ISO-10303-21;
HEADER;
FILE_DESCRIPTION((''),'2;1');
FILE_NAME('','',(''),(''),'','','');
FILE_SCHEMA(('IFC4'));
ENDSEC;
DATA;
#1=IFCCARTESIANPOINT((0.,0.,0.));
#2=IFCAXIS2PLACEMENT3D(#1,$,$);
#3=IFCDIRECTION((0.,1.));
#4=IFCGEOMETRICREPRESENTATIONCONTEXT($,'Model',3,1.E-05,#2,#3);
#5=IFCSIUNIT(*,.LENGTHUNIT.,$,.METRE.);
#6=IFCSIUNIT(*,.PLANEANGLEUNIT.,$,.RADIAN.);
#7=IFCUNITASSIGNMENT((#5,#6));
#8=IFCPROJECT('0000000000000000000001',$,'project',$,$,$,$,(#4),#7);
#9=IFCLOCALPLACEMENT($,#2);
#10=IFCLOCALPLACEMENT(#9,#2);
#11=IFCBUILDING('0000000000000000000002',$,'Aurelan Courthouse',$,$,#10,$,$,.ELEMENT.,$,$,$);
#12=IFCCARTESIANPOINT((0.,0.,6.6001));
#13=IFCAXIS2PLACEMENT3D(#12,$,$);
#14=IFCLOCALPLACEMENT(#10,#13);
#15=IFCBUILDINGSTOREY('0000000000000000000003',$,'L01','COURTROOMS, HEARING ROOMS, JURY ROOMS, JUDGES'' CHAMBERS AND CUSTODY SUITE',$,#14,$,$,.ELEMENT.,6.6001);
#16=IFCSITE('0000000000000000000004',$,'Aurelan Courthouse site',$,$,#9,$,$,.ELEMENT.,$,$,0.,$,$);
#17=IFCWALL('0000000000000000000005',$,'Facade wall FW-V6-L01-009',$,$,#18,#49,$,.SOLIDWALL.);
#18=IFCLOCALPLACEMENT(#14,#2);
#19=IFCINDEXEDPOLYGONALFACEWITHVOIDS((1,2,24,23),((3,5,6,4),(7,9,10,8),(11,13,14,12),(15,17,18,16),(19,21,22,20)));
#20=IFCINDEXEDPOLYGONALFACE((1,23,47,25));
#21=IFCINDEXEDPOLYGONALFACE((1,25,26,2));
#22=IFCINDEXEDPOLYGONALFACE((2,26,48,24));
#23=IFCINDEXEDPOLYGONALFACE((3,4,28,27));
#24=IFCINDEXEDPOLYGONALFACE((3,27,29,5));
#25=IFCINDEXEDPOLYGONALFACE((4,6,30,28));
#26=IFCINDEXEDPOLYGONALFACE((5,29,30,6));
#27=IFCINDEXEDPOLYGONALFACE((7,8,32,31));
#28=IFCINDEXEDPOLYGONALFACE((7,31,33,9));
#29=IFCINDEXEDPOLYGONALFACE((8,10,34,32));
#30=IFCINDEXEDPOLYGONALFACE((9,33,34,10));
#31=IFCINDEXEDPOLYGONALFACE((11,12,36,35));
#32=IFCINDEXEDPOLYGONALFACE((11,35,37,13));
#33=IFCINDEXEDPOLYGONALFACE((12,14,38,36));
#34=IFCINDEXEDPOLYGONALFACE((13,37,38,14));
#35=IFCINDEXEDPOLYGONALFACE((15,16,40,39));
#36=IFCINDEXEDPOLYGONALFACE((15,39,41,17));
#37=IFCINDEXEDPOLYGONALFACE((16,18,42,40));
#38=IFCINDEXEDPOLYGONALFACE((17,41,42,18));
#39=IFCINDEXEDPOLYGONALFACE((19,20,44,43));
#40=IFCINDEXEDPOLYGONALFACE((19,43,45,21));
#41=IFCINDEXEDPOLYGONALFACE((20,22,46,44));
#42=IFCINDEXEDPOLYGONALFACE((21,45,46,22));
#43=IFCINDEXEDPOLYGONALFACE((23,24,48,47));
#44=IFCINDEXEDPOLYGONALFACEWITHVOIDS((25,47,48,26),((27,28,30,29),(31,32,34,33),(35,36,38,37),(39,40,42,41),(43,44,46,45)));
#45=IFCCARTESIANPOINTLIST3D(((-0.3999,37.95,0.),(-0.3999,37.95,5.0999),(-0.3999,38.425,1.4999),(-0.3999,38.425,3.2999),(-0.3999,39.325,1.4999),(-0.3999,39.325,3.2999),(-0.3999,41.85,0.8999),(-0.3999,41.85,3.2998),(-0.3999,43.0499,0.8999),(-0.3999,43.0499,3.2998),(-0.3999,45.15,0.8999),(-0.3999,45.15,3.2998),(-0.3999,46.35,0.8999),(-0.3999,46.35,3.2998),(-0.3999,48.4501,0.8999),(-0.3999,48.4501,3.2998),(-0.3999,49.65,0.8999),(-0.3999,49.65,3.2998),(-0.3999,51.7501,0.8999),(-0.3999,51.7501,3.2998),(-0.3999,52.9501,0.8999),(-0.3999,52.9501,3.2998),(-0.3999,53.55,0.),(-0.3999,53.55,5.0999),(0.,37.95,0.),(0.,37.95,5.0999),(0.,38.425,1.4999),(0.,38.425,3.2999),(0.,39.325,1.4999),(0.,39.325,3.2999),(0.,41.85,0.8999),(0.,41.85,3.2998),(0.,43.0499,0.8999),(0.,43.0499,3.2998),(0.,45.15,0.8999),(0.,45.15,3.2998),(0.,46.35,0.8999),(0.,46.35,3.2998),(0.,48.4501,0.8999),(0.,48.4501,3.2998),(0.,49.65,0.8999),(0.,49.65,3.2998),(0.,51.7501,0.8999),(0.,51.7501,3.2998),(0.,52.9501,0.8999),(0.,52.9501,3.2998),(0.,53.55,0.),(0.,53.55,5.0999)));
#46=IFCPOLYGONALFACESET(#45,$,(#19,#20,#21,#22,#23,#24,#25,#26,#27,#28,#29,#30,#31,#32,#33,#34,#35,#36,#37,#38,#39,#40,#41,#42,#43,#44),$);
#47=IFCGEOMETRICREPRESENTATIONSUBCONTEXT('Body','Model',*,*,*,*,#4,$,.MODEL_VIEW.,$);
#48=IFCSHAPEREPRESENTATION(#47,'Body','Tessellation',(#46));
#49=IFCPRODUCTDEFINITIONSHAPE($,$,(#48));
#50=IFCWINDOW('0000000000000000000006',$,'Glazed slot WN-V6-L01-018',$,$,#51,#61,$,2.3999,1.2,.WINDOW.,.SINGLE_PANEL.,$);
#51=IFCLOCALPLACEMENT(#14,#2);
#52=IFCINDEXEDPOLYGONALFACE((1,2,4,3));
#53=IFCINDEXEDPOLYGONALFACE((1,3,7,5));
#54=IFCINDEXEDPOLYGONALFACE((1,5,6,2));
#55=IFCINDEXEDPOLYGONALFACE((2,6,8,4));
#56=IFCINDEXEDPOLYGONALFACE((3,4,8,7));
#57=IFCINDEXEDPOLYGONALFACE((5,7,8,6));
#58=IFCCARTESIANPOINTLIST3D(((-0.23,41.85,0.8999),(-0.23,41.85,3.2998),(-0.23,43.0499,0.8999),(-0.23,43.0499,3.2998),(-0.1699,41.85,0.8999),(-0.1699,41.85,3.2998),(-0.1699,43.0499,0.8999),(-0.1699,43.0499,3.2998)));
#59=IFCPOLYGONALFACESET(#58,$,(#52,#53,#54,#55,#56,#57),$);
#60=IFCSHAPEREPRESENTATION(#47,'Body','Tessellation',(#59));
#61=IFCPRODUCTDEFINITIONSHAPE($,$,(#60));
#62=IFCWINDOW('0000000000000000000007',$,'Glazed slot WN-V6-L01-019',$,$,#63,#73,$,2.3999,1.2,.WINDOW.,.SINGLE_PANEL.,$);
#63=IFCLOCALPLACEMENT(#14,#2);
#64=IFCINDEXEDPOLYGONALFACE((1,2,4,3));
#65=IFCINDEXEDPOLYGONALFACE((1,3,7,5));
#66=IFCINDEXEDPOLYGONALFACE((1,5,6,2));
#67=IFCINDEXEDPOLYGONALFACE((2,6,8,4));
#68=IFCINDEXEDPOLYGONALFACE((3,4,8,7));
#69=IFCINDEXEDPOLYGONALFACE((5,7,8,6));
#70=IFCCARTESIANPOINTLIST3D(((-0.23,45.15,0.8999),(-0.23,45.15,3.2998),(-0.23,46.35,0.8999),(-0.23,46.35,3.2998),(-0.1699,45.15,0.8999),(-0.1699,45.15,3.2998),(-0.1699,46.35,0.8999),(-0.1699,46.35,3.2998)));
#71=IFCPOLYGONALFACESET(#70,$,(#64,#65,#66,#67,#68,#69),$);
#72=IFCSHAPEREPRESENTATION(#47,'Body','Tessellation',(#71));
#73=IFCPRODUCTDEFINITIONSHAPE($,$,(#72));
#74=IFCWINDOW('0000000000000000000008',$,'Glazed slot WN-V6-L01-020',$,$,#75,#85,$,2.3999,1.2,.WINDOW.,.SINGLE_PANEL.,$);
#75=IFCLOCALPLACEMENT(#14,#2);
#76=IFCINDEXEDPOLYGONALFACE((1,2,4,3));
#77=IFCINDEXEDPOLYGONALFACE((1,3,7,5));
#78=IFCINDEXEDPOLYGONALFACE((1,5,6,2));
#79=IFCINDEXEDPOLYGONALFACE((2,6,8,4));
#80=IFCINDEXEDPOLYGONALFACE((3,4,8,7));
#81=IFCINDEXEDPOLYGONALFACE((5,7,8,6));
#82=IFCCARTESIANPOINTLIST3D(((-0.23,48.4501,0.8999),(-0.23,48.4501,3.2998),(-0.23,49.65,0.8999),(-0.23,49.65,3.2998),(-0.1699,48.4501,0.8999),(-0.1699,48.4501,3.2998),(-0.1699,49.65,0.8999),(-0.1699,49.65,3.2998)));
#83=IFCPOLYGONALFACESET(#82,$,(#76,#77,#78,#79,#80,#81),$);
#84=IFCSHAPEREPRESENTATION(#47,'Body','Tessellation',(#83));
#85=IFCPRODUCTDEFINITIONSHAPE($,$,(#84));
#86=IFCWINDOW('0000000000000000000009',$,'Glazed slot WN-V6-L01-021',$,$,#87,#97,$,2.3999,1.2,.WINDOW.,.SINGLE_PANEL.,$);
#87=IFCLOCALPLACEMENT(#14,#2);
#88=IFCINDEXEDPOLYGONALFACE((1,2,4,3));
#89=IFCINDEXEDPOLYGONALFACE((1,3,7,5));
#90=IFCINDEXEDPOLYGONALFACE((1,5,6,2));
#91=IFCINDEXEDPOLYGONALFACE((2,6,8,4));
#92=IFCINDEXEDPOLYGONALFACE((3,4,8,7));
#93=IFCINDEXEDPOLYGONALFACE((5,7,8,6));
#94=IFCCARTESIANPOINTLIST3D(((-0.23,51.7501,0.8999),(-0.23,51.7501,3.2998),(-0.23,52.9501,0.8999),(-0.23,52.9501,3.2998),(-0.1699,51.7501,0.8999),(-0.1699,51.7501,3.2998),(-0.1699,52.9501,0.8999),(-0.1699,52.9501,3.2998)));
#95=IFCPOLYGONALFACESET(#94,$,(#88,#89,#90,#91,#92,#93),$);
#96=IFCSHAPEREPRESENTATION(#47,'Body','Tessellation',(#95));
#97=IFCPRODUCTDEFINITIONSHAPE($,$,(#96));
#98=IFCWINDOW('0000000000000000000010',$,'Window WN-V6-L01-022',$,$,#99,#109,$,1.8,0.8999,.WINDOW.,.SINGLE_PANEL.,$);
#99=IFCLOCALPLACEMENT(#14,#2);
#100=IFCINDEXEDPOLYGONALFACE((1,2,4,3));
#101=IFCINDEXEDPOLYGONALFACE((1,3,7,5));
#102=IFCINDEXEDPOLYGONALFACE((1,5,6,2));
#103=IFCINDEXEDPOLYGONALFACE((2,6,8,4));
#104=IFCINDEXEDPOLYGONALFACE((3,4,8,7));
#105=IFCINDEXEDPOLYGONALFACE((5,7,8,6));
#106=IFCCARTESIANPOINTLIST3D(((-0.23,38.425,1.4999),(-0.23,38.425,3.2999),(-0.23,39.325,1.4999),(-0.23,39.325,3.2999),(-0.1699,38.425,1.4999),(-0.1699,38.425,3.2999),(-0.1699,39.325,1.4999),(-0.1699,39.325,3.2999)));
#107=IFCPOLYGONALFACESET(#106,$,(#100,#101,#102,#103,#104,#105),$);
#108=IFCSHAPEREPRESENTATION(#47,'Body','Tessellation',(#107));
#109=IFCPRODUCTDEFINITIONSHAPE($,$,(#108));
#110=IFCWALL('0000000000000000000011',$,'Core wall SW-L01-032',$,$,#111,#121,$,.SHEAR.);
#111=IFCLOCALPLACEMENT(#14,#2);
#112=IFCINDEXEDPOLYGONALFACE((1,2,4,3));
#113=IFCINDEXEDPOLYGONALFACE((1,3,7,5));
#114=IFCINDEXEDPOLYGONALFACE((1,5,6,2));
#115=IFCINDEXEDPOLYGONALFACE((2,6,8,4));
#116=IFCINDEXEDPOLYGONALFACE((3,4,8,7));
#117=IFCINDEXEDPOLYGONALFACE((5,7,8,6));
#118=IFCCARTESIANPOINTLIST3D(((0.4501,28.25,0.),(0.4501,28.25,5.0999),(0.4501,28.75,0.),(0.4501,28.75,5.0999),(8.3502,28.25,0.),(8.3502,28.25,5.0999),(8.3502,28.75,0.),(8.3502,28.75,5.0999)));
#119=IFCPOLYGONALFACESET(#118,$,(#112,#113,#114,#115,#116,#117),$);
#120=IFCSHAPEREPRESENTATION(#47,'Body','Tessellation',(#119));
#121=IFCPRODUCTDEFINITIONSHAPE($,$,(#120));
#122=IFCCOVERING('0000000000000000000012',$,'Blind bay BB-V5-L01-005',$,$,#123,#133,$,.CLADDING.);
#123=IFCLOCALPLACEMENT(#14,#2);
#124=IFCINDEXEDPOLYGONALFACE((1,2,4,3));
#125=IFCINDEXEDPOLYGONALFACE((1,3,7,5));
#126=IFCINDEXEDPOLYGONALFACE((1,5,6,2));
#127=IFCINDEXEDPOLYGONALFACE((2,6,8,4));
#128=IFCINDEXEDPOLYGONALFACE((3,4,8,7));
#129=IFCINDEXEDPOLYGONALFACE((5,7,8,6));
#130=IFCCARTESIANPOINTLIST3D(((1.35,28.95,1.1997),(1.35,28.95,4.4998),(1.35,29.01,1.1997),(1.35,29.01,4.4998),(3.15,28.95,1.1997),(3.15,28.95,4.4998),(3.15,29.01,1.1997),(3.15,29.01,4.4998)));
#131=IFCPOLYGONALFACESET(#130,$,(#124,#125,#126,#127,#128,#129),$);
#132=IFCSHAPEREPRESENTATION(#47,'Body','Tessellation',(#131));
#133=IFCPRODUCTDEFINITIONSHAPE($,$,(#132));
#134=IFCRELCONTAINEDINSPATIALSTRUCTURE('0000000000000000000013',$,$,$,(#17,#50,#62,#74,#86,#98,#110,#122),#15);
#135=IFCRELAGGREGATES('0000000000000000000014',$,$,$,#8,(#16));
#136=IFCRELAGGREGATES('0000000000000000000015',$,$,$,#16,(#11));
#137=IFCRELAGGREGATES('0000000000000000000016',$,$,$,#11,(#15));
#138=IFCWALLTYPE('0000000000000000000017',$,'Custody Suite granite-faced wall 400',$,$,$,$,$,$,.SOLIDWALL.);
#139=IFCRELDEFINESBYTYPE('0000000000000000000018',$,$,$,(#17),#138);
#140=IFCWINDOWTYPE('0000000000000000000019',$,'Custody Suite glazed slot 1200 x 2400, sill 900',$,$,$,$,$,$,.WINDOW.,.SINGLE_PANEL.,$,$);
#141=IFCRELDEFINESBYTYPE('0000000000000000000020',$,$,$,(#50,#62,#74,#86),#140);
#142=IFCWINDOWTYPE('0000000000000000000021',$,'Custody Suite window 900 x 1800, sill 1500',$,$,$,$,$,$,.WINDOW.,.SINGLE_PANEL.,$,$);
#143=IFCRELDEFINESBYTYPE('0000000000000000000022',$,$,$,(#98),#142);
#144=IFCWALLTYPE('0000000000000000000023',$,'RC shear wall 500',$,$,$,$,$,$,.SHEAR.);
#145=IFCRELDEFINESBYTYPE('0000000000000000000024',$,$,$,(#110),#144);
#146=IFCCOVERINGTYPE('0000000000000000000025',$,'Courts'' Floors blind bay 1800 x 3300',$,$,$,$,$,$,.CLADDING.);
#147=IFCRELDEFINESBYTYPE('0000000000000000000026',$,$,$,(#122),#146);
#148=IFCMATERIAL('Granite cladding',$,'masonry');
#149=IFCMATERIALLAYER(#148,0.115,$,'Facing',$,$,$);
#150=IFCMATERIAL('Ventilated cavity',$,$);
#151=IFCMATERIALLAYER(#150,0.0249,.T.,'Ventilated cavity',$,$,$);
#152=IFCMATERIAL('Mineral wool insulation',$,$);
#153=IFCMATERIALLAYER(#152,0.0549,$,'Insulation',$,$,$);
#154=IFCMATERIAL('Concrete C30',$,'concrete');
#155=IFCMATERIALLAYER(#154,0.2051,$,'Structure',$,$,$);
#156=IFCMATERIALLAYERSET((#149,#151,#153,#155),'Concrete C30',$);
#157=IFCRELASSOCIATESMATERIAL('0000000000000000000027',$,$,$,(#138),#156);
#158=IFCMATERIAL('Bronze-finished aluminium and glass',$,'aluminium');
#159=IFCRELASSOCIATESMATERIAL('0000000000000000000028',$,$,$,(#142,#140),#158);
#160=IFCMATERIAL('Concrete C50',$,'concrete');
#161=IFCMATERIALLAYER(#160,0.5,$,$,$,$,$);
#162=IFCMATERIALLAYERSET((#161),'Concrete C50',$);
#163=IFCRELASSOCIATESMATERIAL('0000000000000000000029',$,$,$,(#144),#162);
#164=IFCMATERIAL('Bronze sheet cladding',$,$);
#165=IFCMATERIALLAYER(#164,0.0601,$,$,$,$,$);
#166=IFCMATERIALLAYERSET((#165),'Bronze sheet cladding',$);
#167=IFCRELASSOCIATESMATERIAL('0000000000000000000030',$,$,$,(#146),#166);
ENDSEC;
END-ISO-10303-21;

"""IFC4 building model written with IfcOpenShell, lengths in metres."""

from ifc_helpers import new_model, si_unit, direction, frame, frame_2d, origin, origin_2d, place, context, subcontext, project, spatial, rectangle, extrude, material, layer, layer_set, type_object, element, fill, save


model = new_model("IFC4")

# Units and contexts
model_context = context("Model", 3, precision=1e-05, world=origin(), true_north=direction((0.0, 1.0)))
body_context = subcontext(model_context, "Body", "Model", "MODEL_VIEW")
ifc_project = project(units=[si_unit("LENGTHUNIT", "METRE"), si_unit("PLANEANGLEUNIT", "RADIAN")], contexts=[model_context])

# Site, building, storey
site_placement = place(None, origin())
site = spatial("IfcSite", under=ifc_project, at=site_placement, Name="Aurelan Courthouse site", CompositionType="ELEMENT", RefElevation=0.0)
building_placement = place(site_placement, origin())
building = spatial("IfcBuilding", under=site, at=building_placement, Name="Aurelan Courthouse", CompositionType="ELEMENT")
storey_placement = place(building_placement, frame((0.0, 0.0, 6.6001)))
storey = spatial("IfcBuildingStorey", under=building, at=storey_placement, Name="L01", Description="COURTROOMS, HEARING ROOMS, JURY ROOMS, JUDGES' CHAMBERS AND CUSTODY SUITE", CompositionType="ELEMENT", Elevation=6.6001)

# Shared definitions
ifc_material_1 = material(Name="Concrete C50", Category="concrete")

# Shared definitions
ifc_material_2 = material(Name="Granite cladding", Category="masonry")
ifc_material_3 = material(Name="Ventilated cavity")
ifc_material_4 = material(Name="Mineral wool insulation")
ifc_material_5 = material(Name="Concrete C30", Category="concrete")

# Wall, openings, windows
ifc_layer_1 = layer(ifc_material_2, 0.115, Name="Facing")
ifc_layer_2 = layer(ifc_material_3, 0.0249, ventilated=True, Name="Ventilated cavity")
ifc_layer_3 = layer(ifc_material_4, 0.0549, Name="Insulation")
ifc_layer_4 = layer(ifc_material_5, 0.2051, Name="Structure")
ifc_layer_set_1 = layer_set([ifc_layer_1, ifc_layer_2, ifc_layer_3, ifc_layer_4], Name="Concrete C30")
wall_type_1 = type_object("IfcWallType", Name="Custody Suite granite-faced wall 400", PredefinedType="SOLIDWALL", material=ifc_layer_set_1)
ifc_material_6 = material(Name="Bronze-finished aluminium and glass", Category="aluminium")
window_type_1 = type_object("IfcWindowType", Name="Custody Suite window 900 x 1800, sill 1500", PartitioningType="SINGLE_PANEL", PredefinedType="WINDOW", material=ifc_material_6)
wall_1_placement = place(storey_placement, frame((-0.2, 37.95, 0.0), z_axis=(0.0, 0.0, 1.0), x_axis=(0.0, 1.0, 0.0)))
wall_1 = element("IfcWall", 1, at=wall_1_placement, inside=storey, type_object=wall_type_1, Name="Facade wall FW-V6-L01-009", PredefinedType="SOLIDWALL", context=body_context, shape_type="SweptSolid", body=[
    extrude(rectangle(XDim=15.6001, YDim=0.3999, at=frame_2d((7.8, 0.0))), origin(), (0.0, 0.0, 1.0), 5.0999),
])
opening_1_placement = place(wall_1_placement, frame((3.8999, 0.0, 0.8999)))
opening_1 = element("IfcOpeningElement", 2, at=opening_1_placement, cuts=wall_1, PredefinedType="OPENING", context=body_context, shape_type="SweptSolid", body=[
    extrude(rectangle(XDim=1.2, YDim=2.3999, at=frame_2d((0.6001, 1.2))), frame((0.0, 0.21, 0.0), z_axis=(0.0, -1.0, 0.0), x_axis=(1.0, 0.0, 0.0)), (0.0, 0.0, 1.0), 0.4199),
])
opening_2_placement = place(wall_1_placement, frame((7.2, 0.0, 0.8999)))
opening_2 = element("IfcOpeningElement", 3, at=opening_2_placement, cuts=wall_1, PredefinedType="OPENING", context=body_context, shape_type="SweptSolid", body=[
    extrude(rectangle(XDim=1.2, YDim=2.3999, at=frame_2d((0.6001, 1.2))), frame((0.0, 0.21, 0.0), z_axis=(0.0, -1.0, 0.0), x_axis=(1.0, 0.0, 0.0)), (0.0, 0.0, 1.0), 0.4199),
])
opening_3_placement = place(wall_1_placement, frame((10.5, 0.0, 0.8999)))
opening_3 = element("IfcOpeningElement", 4, at=opening_3_placement, cuts=wall_1, PredefinedType="OPENING", context=body_context, shape_type="SweptSolid", body=[
    extrude(rectangle(XDim=1.2, YDim=2.3999, at=frame_2d((0.6001, 1.2))), frame((0.0, 0.21, 0.0), z_axis=(0.0, -1.0, 0.0), x_axis=(1.0, 0.0, 0.0)), (0.0, 0.0, 1.0), 0.4199),
])
opening_4_placement = place(wall_1_placement, frame((13.8, 0.0, 0.8999)))
opening_4 = element("IfcOpeningElement", 5, at=opening_4_placement, cuts=wall_1, PredefinedType="OPENING", context=body_context, shape_type="SweptSolid", body=[
    extrude(rectangle(XDim=1.2, YDim=2.3999, at=frame_2d((0.6001, 1.2))), frame((0.0, 0.21, 0.0), z_axis=(0.0, -1.0, 0.0), x_axis=(1.0, 0.0, 0.0)), (0.0, 0.0, 1.0), 0.4199),
])
opening_5_placement = place(wall_1_placement, frame((0.4751, 0.0, 1.5)))
opening_5 = element("IfcOpeningElement", 6, at=opening_5_placement, cuts=wall_1, PredefinedType="OPENING", context=body_context, shape_type="SweptSolid", body=[
    extrude(rectangle(XDim=0.8999, YDim=1.8, at=frame_2d((0.45, 0.8999))), frame((0.0, 0.21, 0.0), z_axis=(0.0, -1.0, 0.0), x_axis=(1.0, 0.0, 0.0)), (0.0, 0.0, 1.0), 0.4199),
])
window_type_2 = type_object("IfcWindowType", Name="Custody Suite glazed slot 1200 x 2400, sill 900", PartitioningType="SINGLE_PANEL", PredefinedType="WINDOW", material=ifc_material_6)
window_1_placement = place(opening_1_placement, origin())
window_1 = element("IfcWindow", 7, at=window_1_placement, inside=storey, type_object=window_type_2, Name="Glazed slot WN-V6-L01-018", OverallHeight=2.3999, OverallWidth=1.2, PartitioningType="SINGLE_PANEL", PredefinedType="WINDOW", context=body_context, shape_type="SweptSolid", body=[
    extrude(rectangle(XDim=1.2, YDim=2.3999, at=frame_2d((0.6001, 1.2))), frame((0.0, 0.03, 0.0), z_axis=(0.0, -1.0, 0.0), x_axis=(1.0, 0.0, 0.0)), (0.0, 0.0, 1.0), 0.0601),
])
fill(opening_1, window_1)
window_2_placement = place(opening_2_placement, origin())
window_2 = element("IfcWindow", 8, at=window_2_placement, inside=storey, type_object=window_type_2, Name="Glazed slot WN-V6-L01-019", OverallHeight=2.3999, OverallWidth=1.2, PartitioningType="SINGLE_PANEL", PredefinedType="WINDOW", context=body_context, shape_type="SweptSolid", body=[
    extrude(rectangle(XDim=1.2, YDim=2.3999, at=frame_2d((0.6001, 1.2))), frame((0.0, 0.03, 0.0), z_axis=(0.0, -1.0, 0.0), x_axis=(1.0, 0.0, 0.0)), (0.0, 0.0, 1.0), 0.0601),
])
fill(opening_2, window_2)
window_3_placement = place(opening_3_placement, origin())
window_3 = element("IfcWindow", 9, at=window_3_placement, inside=storey, type_object=window_type_2, Name="Glazed slot WN-V6-L01-020", OverallHeight=2.3999, OverallWidth=1.2, PartitioningType="SINGLE_PANEL", PredefinedType="WINDOW", context=body_context, shape_type="SweptSolid", body=[
    extrude(rectangle(XDim=1.2, YDim=2.3999, at=frame_2d((0.6001, 1.2))), frame((0.0, 0.03, 0.0), z_axis=(0.0, -1.0, 0.0), x_axis=(1.0, 0.0, 0.0)), (0.0, 0.0, 1.0), 0.0601),
])
fill(opening_3, window_3)
window_4_placement = place(opening_4_placement, origin())
window_4 = element("IfcWindow", 10, at=window_4_placement, inside=storey, type_object=window_type_2, Name="Glazed slot WN-V6-L01-021", OverallHeight=2.3999, OverallWidth=1.2, PartitioningType="SINGLE_PANEL", PredefinedType="WINDOW", context=body_context, shape_type="SweptSolid", body=[
    extrude(rectangle(XDim=1.2, YDim=2.3999, at=frame_2d((0.6001, 1.2))), frame((0.0, 0.03, 0.0), z_axis=(0.0, -1.0, 0.0), x_axis=(1.0, 0.0, 0.0)), (0.0, 0.0, 1.0), 0.0601),
])
fill(opening_4, window_4)
window_5_placement = place(opening_5_placement, origin())
window_5 = element("IfcWindow", 11, at=window_5_placement, inside=storey, type_object=window_type_1, Name="Window WN-V6-L01-022", OverallHeight=1.8, OverallWidth=0.8999, PartitioningType="SINGLE_PANEL", PredefinedType="WINDOW", context=body_context, shape_type="SweptSolid", body=[
    extrude(rectangle(XDim=0.8999, YDim=1.8, at=frame_2d((0.45, 0.8999))), frame((0.0, 0.03, 0.0), z_axis=(0.0, -1.0, 0.0), x_axis=(1.0, 0.0, 0.0)), (0.0, 0.0, 1.0), 0.0601),
])
fill(opening_5, window_5)

# Wall
ifc_layer_5 = layer(ifc_material_1, 0.5)
ifc_layer_set_2 = layer_set([ifc_layer_5], Name="Concrete C50")
wall_type_2 = type_object("IfcWallType", Name="RC shear wall 500", PredefinedType="SHEAR", material=ifc_layer_set_2)
wall_2_placement = place(storey_placement, frame((0.45, 28.5, 0.0), z_axis=(0.0, 0.0, 1.0), x_axis=(1.0, 0.0, 0.0)))
element("IfcWall", 12, at=wall_2_placement, inside=storey, type_object=wall_type_2, Name="Core wall SW-L01-032", PredefinedType="SHEAR", context=body_context, shape_type="SweptSolid", body=[
    extrude(rectangle(XDim=7.9001, YDim=0.5, at=frame_2d((3.9502, 0.0))), origin(), (0.0, 0.0, 1.0), 5.0999),
])

# Covering
ifc_material_7 = material(Name="Bronze sheet cladding")
ifc_layer_6 = layer(ifc_material_7, 0.0601)
ifc_layer_set_3 = layer_set([ifc_layer_6], Name="Bronze sheet cladding")
covering_type = type_object("IfcCoveringType", Name="Courts' Floors blind bay 1800 x 3300", PredefinedType="CLADDING", material=ifc_layer_set_3)
covering_placement = place(storey_placement, frame((2.25, 28.98, 1.1997), z_axis=(0.0, 0.0, 1.0), x_axis=(1.0, 0.0, 0.0)))
element("IfcCovering", 13, at=covering_placement, inside=storey, type_object=covering_type, Name="Blind bay BB-V5-L01-005", PredefinedType="CLADDING", context=body_context, shape_type="SweptSolid", body=[
    extrude(rectangle(XDim=1.8, YDim=0.0601, at=origin_2d()), origin(), (0.0, 0.0, 1.0), 3.3),
])

save(model, "model.ifc")
